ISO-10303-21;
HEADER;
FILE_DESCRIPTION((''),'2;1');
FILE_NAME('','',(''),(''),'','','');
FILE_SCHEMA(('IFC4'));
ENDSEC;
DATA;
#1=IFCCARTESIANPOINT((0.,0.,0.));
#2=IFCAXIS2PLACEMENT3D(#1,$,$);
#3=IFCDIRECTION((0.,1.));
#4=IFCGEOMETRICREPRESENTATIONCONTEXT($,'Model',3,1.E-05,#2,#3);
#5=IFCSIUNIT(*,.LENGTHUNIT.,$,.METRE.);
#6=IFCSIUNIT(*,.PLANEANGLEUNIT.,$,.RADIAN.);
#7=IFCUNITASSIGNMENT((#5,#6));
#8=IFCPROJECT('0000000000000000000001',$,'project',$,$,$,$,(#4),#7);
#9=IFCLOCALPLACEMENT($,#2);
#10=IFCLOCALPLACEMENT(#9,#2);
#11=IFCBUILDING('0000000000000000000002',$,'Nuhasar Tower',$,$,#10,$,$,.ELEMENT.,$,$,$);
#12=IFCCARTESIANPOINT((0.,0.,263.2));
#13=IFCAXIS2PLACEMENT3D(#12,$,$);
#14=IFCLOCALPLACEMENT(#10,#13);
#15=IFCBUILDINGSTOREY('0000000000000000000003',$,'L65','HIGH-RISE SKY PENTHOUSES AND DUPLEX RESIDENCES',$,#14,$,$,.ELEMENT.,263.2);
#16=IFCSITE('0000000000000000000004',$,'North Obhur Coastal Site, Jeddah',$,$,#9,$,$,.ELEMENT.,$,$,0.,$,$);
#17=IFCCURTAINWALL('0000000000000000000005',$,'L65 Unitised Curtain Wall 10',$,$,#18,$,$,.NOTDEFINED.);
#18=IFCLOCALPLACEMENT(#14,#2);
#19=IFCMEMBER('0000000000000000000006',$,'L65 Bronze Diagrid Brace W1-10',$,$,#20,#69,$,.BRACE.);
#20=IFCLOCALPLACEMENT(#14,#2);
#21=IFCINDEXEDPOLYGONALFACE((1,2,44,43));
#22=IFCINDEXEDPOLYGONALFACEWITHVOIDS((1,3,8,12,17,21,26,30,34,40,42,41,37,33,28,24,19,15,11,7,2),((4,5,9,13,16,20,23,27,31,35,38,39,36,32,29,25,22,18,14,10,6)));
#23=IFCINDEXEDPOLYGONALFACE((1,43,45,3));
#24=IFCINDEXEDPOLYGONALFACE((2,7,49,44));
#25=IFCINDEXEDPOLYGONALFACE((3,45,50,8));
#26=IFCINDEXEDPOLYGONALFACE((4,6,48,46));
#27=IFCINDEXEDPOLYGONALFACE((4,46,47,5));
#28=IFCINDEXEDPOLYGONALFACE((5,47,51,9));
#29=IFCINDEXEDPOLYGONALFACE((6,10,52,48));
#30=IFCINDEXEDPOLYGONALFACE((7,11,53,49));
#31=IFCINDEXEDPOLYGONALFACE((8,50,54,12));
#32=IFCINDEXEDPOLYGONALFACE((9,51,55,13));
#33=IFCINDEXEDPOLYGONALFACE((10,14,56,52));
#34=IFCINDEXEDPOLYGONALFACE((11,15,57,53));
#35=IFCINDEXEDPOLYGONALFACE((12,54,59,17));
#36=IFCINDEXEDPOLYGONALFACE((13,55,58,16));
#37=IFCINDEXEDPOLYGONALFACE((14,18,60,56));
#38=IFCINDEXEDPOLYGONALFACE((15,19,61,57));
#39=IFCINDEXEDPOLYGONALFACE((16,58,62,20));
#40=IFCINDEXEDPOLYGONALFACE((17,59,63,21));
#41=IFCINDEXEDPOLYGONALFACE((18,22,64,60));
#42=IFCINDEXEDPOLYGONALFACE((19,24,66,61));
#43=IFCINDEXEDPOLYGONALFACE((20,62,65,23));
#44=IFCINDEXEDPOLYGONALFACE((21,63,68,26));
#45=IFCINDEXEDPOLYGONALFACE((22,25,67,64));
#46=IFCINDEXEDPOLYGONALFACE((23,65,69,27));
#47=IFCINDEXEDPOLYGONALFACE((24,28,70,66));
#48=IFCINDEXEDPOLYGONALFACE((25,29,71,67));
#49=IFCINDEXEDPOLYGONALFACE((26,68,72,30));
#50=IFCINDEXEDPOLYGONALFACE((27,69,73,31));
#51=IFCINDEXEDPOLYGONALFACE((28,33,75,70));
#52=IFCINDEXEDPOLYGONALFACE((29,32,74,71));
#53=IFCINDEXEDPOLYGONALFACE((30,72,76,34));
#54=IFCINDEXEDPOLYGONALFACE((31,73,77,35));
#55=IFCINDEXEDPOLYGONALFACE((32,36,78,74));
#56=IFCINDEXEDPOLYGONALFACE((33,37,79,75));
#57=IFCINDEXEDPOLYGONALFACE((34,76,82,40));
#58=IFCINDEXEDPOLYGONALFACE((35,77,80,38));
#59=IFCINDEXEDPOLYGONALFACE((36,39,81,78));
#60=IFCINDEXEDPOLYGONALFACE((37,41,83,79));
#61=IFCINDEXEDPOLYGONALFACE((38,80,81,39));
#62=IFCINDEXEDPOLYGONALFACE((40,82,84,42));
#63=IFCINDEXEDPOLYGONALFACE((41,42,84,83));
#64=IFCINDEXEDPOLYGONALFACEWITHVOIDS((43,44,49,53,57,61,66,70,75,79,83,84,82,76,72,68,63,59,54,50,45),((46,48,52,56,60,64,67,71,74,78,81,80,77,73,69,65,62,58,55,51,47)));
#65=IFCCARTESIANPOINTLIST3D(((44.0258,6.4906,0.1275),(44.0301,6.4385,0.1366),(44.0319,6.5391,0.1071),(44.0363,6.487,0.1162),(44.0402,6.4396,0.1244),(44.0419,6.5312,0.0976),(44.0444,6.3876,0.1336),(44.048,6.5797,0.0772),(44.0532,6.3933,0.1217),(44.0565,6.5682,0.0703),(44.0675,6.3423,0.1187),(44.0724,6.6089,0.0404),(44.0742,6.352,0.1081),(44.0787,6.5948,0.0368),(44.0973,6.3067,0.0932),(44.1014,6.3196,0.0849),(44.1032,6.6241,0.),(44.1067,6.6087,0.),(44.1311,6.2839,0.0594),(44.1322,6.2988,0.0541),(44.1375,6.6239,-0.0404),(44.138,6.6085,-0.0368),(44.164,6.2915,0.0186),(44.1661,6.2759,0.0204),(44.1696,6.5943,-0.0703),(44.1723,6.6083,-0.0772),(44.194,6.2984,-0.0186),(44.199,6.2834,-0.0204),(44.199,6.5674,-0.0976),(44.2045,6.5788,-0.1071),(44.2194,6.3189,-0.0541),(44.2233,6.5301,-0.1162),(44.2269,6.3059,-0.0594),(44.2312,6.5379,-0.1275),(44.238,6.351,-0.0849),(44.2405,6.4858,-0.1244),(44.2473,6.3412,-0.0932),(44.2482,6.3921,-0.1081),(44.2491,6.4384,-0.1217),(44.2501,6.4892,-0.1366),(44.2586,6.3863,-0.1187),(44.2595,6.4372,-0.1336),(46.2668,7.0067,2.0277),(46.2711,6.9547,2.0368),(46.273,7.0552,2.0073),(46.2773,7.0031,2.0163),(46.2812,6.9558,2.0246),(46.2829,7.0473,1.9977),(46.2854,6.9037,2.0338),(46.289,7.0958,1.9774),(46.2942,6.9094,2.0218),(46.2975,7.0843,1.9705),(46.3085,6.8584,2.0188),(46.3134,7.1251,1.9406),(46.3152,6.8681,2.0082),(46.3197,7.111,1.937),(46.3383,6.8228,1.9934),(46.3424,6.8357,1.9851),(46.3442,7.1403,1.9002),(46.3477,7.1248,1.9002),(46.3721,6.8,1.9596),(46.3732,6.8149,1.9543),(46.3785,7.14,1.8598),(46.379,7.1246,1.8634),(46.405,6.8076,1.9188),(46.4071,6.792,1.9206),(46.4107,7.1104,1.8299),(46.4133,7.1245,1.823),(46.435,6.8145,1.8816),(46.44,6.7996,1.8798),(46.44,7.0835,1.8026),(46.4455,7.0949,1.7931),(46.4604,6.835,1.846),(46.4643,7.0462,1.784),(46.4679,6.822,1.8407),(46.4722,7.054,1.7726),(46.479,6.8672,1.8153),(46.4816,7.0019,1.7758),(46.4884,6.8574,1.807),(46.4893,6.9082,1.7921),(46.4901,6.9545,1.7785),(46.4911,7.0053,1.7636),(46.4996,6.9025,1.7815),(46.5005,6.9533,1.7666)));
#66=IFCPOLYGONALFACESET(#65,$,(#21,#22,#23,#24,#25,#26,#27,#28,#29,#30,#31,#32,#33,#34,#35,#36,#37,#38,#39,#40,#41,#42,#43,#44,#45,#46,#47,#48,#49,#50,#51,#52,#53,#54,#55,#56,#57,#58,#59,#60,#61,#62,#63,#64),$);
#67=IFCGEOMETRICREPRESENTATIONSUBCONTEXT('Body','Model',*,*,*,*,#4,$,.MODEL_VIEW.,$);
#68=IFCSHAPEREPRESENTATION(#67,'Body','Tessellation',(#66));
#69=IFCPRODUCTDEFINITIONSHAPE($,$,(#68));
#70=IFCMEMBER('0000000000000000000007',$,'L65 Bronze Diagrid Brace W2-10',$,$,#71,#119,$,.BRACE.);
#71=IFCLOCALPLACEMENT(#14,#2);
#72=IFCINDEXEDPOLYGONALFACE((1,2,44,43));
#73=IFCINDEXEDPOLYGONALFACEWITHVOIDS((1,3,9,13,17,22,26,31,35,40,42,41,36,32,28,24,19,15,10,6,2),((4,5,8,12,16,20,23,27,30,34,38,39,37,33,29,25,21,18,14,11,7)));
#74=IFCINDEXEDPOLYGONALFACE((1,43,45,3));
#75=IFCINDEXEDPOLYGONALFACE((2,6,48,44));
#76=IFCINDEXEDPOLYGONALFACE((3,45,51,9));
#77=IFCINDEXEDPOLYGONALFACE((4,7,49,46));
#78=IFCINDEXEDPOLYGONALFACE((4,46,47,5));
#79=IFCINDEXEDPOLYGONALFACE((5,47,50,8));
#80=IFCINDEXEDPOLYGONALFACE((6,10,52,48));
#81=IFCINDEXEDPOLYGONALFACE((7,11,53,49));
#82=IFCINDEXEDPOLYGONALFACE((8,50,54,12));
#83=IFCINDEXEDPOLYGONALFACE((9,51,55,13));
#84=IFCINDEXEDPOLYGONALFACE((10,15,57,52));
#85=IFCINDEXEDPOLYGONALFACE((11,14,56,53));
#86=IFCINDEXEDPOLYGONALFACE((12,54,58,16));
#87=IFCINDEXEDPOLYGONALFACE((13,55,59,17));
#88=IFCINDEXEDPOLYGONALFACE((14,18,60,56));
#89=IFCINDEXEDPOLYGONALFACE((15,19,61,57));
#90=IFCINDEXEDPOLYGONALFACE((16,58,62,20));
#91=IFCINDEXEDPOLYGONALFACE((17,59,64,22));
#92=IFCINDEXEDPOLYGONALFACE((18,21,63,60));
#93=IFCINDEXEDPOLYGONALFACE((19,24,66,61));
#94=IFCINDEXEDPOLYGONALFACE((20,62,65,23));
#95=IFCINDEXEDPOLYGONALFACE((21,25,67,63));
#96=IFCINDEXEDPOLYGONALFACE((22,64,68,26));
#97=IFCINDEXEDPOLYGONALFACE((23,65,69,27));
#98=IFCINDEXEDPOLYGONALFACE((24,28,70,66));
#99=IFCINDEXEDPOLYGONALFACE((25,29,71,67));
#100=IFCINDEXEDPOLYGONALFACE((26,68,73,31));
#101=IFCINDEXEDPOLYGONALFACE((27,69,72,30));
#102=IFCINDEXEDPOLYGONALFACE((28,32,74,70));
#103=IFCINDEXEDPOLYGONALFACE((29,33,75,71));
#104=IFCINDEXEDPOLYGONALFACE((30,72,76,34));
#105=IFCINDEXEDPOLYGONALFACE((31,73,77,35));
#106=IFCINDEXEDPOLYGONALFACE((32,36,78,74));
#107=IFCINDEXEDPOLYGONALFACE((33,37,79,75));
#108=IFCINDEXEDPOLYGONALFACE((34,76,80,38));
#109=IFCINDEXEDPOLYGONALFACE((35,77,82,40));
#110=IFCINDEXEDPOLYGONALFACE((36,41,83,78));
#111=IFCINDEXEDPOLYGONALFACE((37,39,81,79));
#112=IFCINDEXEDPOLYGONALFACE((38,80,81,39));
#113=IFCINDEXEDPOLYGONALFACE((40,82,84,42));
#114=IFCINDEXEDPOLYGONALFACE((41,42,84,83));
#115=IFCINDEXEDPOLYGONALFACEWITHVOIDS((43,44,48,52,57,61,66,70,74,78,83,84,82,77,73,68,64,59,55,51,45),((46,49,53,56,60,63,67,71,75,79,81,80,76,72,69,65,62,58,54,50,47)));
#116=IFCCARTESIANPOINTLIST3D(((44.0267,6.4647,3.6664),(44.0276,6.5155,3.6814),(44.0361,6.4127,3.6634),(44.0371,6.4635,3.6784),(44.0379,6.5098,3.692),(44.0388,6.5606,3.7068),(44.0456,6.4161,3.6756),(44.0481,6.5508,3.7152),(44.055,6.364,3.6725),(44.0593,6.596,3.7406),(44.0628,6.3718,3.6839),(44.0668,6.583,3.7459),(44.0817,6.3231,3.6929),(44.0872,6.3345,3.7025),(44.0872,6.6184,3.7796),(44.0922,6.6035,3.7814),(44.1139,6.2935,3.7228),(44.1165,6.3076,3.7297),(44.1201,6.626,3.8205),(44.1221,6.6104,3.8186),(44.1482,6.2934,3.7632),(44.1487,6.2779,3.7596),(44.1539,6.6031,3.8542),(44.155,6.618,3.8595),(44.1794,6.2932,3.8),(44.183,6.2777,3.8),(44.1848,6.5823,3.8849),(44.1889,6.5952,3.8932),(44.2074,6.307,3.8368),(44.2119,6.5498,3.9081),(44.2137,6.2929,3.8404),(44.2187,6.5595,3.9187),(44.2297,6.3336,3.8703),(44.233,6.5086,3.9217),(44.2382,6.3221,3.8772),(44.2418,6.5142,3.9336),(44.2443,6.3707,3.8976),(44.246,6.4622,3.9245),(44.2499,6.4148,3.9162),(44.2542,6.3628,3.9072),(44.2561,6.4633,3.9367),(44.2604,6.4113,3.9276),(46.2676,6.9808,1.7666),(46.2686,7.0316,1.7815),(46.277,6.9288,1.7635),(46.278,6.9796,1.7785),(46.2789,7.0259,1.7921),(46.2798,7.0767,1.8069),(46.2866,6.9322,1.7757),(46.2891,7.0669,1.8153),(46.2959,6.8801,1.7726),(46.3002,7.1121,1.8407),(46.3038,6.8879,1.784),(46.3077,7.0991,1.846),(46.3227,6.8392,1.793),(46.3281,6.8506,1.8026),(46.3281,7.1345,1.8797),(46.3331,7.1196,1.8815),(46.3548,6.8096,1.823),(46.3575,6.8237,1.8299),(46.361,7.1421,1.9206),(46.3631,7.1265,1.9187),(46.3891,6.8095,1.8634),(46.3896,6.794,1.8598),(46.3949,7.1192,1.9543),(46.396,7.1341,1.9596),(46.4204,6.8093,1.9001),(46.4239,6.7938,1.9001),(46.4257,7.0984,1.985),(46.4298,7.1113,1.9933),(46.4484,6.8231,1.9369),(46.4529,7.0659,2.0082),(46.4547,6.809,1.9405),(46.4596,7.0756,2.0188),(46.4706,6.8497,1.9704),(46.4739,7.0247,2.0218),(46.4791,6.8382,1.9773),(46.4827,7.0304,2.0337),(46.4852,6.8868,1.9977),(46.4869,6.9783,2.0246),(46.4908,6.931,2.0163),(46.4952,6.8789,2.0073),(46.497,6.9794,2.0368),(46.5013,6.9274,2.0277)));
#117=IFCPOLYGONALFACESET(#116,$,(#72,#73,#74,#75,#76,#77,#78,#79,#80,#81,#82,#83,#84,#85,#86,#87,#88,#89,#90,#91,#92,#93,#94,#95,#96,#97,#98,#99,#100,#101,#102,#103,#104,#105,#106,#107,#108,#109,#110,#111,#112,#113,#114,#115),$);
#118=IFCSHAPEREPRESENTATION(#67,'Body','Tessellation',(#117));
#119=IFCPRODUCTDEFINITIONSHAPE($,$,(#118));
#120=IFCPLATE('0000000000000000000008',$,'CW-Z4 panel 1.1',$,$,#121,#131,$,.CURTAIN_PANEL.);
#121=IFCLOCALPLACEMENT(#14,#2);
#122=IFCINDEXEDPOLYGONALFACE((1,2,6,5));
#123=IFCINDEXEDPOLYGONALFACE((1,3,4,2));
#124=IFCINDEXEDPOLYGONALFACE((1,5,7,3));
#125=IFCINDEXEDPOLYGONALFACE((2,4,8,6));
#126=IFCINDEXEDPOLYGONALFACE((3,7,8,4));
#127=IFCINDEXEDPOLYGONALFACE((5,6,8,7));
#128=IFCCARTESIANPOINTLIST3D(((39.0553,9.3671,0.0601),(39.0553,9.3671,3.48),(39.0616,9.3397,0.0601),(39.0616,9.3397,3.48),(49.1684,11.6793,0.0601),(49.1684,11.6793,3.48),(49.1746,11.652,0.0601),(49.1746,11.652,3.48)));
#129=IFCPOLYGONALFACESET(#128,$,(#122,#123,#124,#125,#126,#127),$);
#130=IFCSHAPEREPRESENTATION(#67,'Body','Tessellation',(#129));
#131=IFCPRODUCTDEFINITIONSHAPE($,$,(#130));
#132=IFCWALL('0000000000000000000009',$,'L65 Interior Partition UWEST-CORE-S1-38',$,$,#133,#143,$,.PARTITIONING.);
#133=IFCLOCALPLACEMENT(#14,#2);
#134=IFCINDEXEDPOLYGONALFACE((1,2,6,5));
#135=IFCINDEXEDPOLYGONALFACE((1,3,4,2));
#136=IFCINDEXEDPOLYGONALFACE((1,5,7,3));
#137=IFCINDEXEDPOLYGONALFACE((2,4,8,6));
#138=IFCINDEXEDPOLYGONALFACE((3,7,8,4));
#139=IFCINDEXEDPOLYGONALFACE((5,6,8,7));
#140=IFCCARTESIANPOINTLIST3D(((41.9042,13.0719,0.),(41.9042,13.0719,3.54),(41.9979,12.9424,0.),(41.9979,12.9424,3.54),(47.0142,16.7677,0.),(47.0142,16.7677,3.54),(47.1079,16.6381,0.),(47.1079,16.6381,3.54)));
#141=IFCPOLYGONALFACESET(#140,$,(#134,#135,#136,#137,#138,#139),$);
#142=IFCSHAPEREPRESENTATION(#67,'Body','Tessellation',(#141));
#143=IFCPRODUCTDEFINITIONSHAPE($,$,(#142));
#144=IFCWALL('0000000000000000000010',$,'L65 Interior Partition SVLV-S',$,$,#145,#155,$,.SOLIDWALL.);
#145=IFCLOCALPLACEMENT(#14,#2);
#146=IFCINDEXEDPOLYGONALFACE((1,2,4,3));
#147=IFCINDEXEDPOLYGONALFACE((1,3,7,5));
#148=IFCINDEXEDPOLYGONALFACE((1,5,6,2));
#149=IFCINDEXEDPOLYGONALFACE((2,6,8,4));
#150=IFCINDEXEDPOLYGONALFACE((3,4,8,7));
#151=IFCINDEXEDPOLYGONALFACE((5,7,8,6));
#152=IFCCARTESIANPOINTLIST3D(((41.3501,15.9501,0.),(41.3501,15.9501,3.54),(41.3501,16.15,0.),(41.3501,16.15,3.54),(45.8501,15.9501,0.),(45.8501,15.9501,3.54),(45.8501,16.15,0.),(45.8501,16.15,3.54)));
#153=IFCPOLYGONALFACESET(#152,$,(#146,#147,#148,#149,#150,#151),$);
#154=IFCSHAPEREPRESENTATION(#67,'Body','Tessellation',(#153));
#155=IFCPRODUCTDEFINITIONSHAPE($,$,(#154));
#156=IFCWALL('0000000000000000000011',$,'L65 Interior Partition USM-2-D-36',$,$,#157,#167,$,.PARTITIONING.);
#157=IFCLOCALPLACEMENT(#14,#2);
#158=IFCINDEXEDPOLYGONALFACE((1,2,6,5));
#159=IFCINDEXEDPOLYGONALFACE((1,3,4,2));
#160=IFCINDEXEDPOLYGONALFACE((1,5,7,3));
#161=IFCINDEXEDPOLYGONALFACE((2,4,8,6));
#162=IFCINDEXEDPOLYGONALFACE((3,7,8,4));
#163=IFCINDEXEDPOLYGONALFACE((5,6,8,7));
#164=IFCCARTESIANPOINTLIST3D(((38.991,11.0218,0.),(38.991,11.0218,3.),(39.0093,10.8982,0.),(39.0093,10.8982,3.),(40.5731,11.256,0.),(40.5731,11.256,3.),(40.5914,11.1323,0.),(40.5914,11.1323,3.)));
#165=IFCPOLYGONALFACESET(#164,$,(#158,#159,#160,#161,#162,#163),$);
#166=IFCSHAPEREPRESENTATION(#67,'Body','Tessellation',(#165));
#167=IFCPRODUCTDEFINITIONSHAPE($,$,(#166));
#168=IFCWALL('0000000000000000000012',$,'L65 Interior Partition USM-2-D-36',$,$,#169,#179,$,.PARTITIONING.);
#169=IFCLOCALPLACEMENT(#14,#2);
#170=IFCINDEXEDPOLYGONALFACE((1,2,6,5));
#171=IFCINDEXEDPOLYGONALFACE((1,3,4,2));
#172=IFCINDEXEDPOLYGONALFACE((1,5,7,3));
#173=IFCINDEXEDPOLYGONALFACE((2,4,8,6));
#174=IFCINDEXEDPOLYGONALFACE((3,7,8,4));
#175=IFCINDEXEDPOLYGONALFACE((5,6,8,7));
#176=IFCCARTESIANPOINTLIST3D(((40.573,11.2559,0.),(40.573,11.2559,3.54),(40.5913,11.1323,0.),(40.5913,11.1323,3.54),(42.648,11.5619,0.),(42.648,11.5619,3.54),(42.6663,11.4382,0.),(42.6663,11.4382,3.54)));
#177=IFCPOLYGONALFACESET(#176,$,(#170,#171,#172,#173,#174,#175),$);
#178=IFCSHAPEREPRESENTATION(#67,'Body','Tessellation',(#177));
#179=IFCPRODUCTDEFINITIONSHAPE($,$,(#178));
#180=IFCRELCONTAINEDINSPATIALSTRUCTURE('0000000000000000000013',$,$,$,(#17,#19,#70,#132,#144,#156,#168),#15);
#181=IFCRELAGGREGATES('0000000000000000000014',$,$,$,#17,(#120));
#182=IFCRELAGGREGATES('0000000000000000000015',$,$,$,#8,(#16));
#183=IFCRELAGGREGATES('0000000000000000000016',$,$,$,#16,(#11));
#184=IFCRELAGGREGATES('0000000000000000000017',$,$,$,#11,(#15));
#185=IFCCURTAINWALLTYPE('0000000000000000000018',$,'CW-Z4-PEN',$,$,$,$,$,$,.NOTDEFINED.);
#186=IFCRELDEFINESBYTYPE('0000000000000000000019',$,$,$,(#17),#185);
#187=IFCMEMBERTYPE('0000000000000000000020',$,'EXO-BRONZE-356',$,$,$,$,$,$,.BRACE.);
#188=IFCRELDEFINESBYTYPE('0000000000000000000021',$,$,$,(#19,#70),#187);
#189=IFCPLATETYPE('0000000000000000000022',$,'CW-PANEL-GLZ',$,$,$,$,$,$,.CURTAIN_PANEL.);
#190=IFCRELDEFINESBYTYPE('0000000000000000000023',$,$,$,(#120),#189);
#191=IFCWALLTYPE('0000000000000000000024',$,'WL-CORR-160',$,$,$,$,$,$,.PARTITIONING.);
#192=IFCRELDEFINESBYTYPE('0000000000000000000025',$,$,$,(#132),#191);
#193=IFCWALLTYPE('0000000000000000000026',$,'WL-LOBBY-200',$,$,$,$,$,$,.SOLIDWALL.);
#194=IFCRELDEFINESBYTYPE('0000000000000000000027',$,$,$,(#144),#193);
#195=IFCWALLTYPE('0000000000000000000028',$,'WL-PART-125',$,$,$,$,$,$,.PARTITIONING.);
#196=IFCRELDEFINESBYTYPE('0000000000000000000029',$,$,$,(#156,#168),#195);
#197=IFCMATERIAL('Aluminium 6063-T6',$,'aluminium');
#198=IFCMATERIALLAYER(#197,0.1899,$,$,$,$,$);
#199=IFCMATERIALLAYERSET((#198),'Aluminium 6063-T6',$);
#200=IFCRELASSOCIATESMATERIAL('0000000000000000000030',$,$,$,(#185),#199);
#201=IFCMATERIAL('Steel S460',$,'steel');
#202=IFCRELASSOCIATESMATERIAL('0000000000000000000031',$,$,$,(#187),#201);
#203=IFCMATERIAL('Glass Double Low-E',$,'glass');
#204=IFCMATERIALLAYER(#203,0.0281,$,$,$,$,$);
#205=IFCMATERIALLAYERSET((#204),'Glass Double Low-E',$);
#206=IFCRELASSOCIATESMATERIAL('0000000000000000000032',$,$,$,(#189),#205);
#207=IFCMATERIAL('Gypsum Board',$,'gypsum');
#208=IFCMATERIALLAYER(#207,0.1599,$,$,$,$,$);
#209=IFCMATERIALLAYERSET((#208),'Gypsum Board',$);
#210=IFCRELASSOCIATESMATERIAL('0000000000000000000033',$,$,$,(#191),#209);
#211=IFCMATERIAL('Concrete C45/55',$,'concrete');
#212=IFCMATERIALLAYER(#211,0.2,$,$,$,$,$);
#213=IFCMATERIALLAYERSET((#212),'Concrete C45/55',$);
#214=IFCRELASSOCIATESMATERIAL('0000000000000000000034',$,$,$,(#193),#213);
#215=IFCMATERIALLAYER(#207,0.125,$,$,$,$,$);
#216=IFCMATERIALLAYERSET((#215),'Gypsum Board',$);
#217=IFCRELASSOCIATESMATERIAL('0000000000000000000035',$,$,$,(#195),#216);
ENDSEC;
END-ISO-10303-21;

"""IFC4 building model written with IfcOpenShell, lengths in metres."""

from ifc_helpers import new_model, si_unit, direction, frame, frame_2d, origin, origin_2d, place, context, subcontext, project, spatial, rectangle, hollow_circle, extrude, material, layer, layer_set, material_profile, profile_set, type_object, element, aggregate, save


model = new_model("IFC4")

# Units and contexts
model_context = context("Model", 3, precision=1e-05, world=origin(), true_north=direction((0.0, 1.0)))
body_context = subcontext(model_context, "Body", "Model", "MODEL_VIEW")
ifc_project = project(units=[si_unit("LENGTHUNIT", "METRE"), si_unit("PLANEANGLEUNIT", "RADIAN")], contexts=[model_context])

# Site, building, storey
site_placement = place(None, origin())
site = spatial("IfcSite", under=ifc_project, at=site_placement, Name="North Obhur Coastal Site, Jeddah", CompositionType="ELEMENT", RefElevation=0.0)
building_placement = place(site_placement, origin())
building = spatial("IfcBuilding", under=site, at=building_placement, Name="Nuhasar Tower", CompositionType="ELEMENT")
storey_placement = place(building_placement, frame((0.0, 0.0, 263.2)))
storey = spatial("IfcBuildingStorey", under=building, at=storey_placement, Name="L65", Description="HIGH-RISE SKY PENTHOUSES AND DUPLEX RESIDENCES", CompositionType="ELEMENT", Elevation=263.2)

# Curtain wall
ifc_material_1 = material(Name="Aluminium 6063-T6", Category="aluminium")
ifc_layer_1 = layer(ifc_material_1, 0.1899)
ifc_layer_set_1 = layer_set([ifc_layer_1], Name="Aluminium 6063-T6")
curtain_wall_type = type_object("IfcCurtainWallType", Name="CW-Z4-PEN", PredefinedType="NOTDEFINED", material=ifc_layer_set_1)
curtain_wall_placement = place(storey_placement, origin())
curtain_wall = element("IfcCurtainWall", 1, at=curtain_wall_placement, inside=storey, type_object=curtain_wall_type, Name="L65 Unitised Curtain Wall 10", PredefinedType="NOTDEFINED")

# Members
ifc_material_2 = material(Name="Steel S460", Category="steel")
ifc_material_profile_1 = material_profile(ifc_material_2, hollow_circle(Radius=0.1777, WallThickness=0.0159, at=origin_2d()), Name="HSS355.6X15.9")
ifc_profile_set_1 = profile_set([ifc_material_profile_1], Name="Steel S460")
member_type_1 = type_object("IfcMemberType", Name="EXO-BRONZE-356", PredefinedType="BRACE", material=ifc_profile_set_1)
member_1_placement = place(storey_placement, frame((44.1431, 6.4509, 0.0), z_axis=(0.751222, 0.173013, 0.636971), x_axis=(-0.224433, 0.97449, 0.0)))
element("IfcMember", 2, at=member_1_placement, inside=storey, type_object=member_type_1, Name="L65 Bronze Diagrid Brace W1-10", PredefinedType="BRACE", context=body_context, shape_type="SweptSolid", body=[
    extrude(hollow_circle(Radius=0.1777, WallThickness=0.0159, at=origin_2d()), origin(), (0.0, 0.0, 1.0), 2.9832),
])
member_2_placement = place(storey_placement, frame((46.384, 6.967, 1.9001), z_axis=(-0.751261, -0.173022, 0.636923), x_axis=(0.224433, -0.97449, 0.0)))
element("IfcMember", 3, at=member_2_placement, inside=storey, type_object=member_type_1, Name="L65 Bronze Diagrid Brace W2-10", PredefinedType="BRACE", context=body_context, shape_type="SweptSolid", body=[
    extrude(hollow_circle(Radius=0.1777, WallThickness=0.0159, at=origin_2d()), origin(), (0.0, 0.0, 1.0), 2.9829),
])

# Plate
ifc_material_3 = material(Name="Glass Double Low-E", Category="glass")
ifc_layer_2 = layer(ifc_material_3, 0.0281)
ifc_layer_set_2 = layer_set([ifc_layer_2], Name="Glass Double Low-E")
plate_type = type_object("IfcPlateType", Name="CW-PANEL-GLZ", PredefinedType="CURTAIN_PANEL", material=ifc_layer_set_2)
plate_placement = place(storey_placement, frame((44.115, 10.5095, 0.0601), z_axis=(0.0, 0.0, 1.0), x_axis=(0.974844, 0.222889, 0.0)))
plate = element("IfcPlate", 4, at=plate_placement, type_object=plate_type, Name="CW-Z4 panel 1.1", PredefinedType="CURTAIN_PANEL", context=body_context, shape_type="SweptSolid", body=[
    extrude(rectangle(XDim=10.374, YDim=0.0281, at=origin_2d()), origin(), (0.0, 0.0, 1.0), 3.4199),
])
aggregate(curtain_wall, [plate])

# Wall
ifc_material_4 = material(Name="Gypsum Board", Category="gypsum")
ifc_layer_3 = layer(ifc_material_4, 0.1599)
ifc_layer_set_3 = layer_set([ifc_layer_3], Name="Gypsum Board")
wall_type_1 = type_object("IfcWallType", Name="WL-CORR-160", PredefinedType="PARTITIONING", material=ifc_layer_set_3)
wall_1_placement = place(storey_placement, frame((41.9509, 13.0071, 0.0), z_axis=(0.0, 0.0, 1.0), x_axis=(0.81029, 0.586029, 0.0)))
element("IfcWall", 5, at=wall_1_placement, inside=storey, type_object=wall_type_1, Name="L65 Interior Partition UWEST-CORE-S1-38", PredefinedType="PARTITIONING", context=body_context, shape_type="SweptSolid", body=[
    extrude(rectangle(XDim=6.3064, YDim=0.1599, at=frame_2d((3.1533, 0.0))), origin(), (0.0, 0.0, 1.0), 3.54),
])

# Shared definitions
ifc_material_5 = material(Name="Concrete C45/55", Category="concrete")
ifc_layer_4 = layer(ifc_material_5, 0.2)
ifc_layer_set_4 = layer_set([ifc_layer_4], Name="Concrete C45/55")
wall_type_2 = type_object("IfcWallType", Name="WL-LOBBY-200", PredefinedType="SOLIDWALL", material=ifc_layer_set_4)

# Walls
wall_2_placement = place(storey_placement, frame((41.3501, 16.05, 0.0), z_axis=(0.0, 0.0, 1.0), x_axis=(1.0, 0.0, 0.0)))
element("IfcWall", 6, at=wall_2_placement, inside=storey, type_object=wall_type_2, Name="L65 Interior Partition SVLV-S", PredefinedType="SOLIDWALL", context=body_context, shape_type="SweptSolid", body=[
    extrude(rectangle(XDim=4.5, YDim=0.2, at=frame_2d((2.25, 0.0))), origin(), (0.0, 0.0, 1.0), 3.54),
])
ifc_layer_5 = layer(ifc_material_4, 0.125)
ifc_layer_set_5 = layer_set([ifc_layer_5], Name="Gypsum Board")
wall_type_3 = type_object("IfcWallType", Name="WL-PART-125", PredefinedType="PARTITIONING", material=ifc_layer_set_5)
wall_3_placement = place(storey_placement, frame((39.0, 10.96, 0.0), z_axis=(0.0, 0.0, 1.0), x_axis=(0.989226, 0.146399, 0.0)))
element("IfcWall", 7, at=wall_3_placement, inside=storey, type_object=wall_type_3, Name="L65 Interior Partition USM-2-D-36", PredefinedType="PARTITIONING", context=body_context, shape_type="SweptSolid", body=[
    extrude(rectangle(XDim=1.5994, YDim=0.125, at=frame_2d((0.7998, 0.0))), origin(), (0.0, 0.0, 1.0), 3.0),
])
wall_4_placement = place(storey_placement, frame((40.582, 11.1941, 0.0), z_axis=(0.0, 0.0, 1.0), x_axis=(0.989306, 0.145853, 0.0)))
element("IfcWall", 8, at=wall_4_placement, inside=storey, type_object=wall_type_3, Name="L65 Interior Partition USM-2-D-36", PredefinedType="PARTITIONING", context=body_context, shape_type="SweptSolid", body=[
    extrude(rectangle(XDim=2.0974, YDim=0.125, at=frame_2d((1.0488, 0.0))), origin(), (0.0, 0.0, 1.0), 3.54),
])

save(model, "model.ifc")
